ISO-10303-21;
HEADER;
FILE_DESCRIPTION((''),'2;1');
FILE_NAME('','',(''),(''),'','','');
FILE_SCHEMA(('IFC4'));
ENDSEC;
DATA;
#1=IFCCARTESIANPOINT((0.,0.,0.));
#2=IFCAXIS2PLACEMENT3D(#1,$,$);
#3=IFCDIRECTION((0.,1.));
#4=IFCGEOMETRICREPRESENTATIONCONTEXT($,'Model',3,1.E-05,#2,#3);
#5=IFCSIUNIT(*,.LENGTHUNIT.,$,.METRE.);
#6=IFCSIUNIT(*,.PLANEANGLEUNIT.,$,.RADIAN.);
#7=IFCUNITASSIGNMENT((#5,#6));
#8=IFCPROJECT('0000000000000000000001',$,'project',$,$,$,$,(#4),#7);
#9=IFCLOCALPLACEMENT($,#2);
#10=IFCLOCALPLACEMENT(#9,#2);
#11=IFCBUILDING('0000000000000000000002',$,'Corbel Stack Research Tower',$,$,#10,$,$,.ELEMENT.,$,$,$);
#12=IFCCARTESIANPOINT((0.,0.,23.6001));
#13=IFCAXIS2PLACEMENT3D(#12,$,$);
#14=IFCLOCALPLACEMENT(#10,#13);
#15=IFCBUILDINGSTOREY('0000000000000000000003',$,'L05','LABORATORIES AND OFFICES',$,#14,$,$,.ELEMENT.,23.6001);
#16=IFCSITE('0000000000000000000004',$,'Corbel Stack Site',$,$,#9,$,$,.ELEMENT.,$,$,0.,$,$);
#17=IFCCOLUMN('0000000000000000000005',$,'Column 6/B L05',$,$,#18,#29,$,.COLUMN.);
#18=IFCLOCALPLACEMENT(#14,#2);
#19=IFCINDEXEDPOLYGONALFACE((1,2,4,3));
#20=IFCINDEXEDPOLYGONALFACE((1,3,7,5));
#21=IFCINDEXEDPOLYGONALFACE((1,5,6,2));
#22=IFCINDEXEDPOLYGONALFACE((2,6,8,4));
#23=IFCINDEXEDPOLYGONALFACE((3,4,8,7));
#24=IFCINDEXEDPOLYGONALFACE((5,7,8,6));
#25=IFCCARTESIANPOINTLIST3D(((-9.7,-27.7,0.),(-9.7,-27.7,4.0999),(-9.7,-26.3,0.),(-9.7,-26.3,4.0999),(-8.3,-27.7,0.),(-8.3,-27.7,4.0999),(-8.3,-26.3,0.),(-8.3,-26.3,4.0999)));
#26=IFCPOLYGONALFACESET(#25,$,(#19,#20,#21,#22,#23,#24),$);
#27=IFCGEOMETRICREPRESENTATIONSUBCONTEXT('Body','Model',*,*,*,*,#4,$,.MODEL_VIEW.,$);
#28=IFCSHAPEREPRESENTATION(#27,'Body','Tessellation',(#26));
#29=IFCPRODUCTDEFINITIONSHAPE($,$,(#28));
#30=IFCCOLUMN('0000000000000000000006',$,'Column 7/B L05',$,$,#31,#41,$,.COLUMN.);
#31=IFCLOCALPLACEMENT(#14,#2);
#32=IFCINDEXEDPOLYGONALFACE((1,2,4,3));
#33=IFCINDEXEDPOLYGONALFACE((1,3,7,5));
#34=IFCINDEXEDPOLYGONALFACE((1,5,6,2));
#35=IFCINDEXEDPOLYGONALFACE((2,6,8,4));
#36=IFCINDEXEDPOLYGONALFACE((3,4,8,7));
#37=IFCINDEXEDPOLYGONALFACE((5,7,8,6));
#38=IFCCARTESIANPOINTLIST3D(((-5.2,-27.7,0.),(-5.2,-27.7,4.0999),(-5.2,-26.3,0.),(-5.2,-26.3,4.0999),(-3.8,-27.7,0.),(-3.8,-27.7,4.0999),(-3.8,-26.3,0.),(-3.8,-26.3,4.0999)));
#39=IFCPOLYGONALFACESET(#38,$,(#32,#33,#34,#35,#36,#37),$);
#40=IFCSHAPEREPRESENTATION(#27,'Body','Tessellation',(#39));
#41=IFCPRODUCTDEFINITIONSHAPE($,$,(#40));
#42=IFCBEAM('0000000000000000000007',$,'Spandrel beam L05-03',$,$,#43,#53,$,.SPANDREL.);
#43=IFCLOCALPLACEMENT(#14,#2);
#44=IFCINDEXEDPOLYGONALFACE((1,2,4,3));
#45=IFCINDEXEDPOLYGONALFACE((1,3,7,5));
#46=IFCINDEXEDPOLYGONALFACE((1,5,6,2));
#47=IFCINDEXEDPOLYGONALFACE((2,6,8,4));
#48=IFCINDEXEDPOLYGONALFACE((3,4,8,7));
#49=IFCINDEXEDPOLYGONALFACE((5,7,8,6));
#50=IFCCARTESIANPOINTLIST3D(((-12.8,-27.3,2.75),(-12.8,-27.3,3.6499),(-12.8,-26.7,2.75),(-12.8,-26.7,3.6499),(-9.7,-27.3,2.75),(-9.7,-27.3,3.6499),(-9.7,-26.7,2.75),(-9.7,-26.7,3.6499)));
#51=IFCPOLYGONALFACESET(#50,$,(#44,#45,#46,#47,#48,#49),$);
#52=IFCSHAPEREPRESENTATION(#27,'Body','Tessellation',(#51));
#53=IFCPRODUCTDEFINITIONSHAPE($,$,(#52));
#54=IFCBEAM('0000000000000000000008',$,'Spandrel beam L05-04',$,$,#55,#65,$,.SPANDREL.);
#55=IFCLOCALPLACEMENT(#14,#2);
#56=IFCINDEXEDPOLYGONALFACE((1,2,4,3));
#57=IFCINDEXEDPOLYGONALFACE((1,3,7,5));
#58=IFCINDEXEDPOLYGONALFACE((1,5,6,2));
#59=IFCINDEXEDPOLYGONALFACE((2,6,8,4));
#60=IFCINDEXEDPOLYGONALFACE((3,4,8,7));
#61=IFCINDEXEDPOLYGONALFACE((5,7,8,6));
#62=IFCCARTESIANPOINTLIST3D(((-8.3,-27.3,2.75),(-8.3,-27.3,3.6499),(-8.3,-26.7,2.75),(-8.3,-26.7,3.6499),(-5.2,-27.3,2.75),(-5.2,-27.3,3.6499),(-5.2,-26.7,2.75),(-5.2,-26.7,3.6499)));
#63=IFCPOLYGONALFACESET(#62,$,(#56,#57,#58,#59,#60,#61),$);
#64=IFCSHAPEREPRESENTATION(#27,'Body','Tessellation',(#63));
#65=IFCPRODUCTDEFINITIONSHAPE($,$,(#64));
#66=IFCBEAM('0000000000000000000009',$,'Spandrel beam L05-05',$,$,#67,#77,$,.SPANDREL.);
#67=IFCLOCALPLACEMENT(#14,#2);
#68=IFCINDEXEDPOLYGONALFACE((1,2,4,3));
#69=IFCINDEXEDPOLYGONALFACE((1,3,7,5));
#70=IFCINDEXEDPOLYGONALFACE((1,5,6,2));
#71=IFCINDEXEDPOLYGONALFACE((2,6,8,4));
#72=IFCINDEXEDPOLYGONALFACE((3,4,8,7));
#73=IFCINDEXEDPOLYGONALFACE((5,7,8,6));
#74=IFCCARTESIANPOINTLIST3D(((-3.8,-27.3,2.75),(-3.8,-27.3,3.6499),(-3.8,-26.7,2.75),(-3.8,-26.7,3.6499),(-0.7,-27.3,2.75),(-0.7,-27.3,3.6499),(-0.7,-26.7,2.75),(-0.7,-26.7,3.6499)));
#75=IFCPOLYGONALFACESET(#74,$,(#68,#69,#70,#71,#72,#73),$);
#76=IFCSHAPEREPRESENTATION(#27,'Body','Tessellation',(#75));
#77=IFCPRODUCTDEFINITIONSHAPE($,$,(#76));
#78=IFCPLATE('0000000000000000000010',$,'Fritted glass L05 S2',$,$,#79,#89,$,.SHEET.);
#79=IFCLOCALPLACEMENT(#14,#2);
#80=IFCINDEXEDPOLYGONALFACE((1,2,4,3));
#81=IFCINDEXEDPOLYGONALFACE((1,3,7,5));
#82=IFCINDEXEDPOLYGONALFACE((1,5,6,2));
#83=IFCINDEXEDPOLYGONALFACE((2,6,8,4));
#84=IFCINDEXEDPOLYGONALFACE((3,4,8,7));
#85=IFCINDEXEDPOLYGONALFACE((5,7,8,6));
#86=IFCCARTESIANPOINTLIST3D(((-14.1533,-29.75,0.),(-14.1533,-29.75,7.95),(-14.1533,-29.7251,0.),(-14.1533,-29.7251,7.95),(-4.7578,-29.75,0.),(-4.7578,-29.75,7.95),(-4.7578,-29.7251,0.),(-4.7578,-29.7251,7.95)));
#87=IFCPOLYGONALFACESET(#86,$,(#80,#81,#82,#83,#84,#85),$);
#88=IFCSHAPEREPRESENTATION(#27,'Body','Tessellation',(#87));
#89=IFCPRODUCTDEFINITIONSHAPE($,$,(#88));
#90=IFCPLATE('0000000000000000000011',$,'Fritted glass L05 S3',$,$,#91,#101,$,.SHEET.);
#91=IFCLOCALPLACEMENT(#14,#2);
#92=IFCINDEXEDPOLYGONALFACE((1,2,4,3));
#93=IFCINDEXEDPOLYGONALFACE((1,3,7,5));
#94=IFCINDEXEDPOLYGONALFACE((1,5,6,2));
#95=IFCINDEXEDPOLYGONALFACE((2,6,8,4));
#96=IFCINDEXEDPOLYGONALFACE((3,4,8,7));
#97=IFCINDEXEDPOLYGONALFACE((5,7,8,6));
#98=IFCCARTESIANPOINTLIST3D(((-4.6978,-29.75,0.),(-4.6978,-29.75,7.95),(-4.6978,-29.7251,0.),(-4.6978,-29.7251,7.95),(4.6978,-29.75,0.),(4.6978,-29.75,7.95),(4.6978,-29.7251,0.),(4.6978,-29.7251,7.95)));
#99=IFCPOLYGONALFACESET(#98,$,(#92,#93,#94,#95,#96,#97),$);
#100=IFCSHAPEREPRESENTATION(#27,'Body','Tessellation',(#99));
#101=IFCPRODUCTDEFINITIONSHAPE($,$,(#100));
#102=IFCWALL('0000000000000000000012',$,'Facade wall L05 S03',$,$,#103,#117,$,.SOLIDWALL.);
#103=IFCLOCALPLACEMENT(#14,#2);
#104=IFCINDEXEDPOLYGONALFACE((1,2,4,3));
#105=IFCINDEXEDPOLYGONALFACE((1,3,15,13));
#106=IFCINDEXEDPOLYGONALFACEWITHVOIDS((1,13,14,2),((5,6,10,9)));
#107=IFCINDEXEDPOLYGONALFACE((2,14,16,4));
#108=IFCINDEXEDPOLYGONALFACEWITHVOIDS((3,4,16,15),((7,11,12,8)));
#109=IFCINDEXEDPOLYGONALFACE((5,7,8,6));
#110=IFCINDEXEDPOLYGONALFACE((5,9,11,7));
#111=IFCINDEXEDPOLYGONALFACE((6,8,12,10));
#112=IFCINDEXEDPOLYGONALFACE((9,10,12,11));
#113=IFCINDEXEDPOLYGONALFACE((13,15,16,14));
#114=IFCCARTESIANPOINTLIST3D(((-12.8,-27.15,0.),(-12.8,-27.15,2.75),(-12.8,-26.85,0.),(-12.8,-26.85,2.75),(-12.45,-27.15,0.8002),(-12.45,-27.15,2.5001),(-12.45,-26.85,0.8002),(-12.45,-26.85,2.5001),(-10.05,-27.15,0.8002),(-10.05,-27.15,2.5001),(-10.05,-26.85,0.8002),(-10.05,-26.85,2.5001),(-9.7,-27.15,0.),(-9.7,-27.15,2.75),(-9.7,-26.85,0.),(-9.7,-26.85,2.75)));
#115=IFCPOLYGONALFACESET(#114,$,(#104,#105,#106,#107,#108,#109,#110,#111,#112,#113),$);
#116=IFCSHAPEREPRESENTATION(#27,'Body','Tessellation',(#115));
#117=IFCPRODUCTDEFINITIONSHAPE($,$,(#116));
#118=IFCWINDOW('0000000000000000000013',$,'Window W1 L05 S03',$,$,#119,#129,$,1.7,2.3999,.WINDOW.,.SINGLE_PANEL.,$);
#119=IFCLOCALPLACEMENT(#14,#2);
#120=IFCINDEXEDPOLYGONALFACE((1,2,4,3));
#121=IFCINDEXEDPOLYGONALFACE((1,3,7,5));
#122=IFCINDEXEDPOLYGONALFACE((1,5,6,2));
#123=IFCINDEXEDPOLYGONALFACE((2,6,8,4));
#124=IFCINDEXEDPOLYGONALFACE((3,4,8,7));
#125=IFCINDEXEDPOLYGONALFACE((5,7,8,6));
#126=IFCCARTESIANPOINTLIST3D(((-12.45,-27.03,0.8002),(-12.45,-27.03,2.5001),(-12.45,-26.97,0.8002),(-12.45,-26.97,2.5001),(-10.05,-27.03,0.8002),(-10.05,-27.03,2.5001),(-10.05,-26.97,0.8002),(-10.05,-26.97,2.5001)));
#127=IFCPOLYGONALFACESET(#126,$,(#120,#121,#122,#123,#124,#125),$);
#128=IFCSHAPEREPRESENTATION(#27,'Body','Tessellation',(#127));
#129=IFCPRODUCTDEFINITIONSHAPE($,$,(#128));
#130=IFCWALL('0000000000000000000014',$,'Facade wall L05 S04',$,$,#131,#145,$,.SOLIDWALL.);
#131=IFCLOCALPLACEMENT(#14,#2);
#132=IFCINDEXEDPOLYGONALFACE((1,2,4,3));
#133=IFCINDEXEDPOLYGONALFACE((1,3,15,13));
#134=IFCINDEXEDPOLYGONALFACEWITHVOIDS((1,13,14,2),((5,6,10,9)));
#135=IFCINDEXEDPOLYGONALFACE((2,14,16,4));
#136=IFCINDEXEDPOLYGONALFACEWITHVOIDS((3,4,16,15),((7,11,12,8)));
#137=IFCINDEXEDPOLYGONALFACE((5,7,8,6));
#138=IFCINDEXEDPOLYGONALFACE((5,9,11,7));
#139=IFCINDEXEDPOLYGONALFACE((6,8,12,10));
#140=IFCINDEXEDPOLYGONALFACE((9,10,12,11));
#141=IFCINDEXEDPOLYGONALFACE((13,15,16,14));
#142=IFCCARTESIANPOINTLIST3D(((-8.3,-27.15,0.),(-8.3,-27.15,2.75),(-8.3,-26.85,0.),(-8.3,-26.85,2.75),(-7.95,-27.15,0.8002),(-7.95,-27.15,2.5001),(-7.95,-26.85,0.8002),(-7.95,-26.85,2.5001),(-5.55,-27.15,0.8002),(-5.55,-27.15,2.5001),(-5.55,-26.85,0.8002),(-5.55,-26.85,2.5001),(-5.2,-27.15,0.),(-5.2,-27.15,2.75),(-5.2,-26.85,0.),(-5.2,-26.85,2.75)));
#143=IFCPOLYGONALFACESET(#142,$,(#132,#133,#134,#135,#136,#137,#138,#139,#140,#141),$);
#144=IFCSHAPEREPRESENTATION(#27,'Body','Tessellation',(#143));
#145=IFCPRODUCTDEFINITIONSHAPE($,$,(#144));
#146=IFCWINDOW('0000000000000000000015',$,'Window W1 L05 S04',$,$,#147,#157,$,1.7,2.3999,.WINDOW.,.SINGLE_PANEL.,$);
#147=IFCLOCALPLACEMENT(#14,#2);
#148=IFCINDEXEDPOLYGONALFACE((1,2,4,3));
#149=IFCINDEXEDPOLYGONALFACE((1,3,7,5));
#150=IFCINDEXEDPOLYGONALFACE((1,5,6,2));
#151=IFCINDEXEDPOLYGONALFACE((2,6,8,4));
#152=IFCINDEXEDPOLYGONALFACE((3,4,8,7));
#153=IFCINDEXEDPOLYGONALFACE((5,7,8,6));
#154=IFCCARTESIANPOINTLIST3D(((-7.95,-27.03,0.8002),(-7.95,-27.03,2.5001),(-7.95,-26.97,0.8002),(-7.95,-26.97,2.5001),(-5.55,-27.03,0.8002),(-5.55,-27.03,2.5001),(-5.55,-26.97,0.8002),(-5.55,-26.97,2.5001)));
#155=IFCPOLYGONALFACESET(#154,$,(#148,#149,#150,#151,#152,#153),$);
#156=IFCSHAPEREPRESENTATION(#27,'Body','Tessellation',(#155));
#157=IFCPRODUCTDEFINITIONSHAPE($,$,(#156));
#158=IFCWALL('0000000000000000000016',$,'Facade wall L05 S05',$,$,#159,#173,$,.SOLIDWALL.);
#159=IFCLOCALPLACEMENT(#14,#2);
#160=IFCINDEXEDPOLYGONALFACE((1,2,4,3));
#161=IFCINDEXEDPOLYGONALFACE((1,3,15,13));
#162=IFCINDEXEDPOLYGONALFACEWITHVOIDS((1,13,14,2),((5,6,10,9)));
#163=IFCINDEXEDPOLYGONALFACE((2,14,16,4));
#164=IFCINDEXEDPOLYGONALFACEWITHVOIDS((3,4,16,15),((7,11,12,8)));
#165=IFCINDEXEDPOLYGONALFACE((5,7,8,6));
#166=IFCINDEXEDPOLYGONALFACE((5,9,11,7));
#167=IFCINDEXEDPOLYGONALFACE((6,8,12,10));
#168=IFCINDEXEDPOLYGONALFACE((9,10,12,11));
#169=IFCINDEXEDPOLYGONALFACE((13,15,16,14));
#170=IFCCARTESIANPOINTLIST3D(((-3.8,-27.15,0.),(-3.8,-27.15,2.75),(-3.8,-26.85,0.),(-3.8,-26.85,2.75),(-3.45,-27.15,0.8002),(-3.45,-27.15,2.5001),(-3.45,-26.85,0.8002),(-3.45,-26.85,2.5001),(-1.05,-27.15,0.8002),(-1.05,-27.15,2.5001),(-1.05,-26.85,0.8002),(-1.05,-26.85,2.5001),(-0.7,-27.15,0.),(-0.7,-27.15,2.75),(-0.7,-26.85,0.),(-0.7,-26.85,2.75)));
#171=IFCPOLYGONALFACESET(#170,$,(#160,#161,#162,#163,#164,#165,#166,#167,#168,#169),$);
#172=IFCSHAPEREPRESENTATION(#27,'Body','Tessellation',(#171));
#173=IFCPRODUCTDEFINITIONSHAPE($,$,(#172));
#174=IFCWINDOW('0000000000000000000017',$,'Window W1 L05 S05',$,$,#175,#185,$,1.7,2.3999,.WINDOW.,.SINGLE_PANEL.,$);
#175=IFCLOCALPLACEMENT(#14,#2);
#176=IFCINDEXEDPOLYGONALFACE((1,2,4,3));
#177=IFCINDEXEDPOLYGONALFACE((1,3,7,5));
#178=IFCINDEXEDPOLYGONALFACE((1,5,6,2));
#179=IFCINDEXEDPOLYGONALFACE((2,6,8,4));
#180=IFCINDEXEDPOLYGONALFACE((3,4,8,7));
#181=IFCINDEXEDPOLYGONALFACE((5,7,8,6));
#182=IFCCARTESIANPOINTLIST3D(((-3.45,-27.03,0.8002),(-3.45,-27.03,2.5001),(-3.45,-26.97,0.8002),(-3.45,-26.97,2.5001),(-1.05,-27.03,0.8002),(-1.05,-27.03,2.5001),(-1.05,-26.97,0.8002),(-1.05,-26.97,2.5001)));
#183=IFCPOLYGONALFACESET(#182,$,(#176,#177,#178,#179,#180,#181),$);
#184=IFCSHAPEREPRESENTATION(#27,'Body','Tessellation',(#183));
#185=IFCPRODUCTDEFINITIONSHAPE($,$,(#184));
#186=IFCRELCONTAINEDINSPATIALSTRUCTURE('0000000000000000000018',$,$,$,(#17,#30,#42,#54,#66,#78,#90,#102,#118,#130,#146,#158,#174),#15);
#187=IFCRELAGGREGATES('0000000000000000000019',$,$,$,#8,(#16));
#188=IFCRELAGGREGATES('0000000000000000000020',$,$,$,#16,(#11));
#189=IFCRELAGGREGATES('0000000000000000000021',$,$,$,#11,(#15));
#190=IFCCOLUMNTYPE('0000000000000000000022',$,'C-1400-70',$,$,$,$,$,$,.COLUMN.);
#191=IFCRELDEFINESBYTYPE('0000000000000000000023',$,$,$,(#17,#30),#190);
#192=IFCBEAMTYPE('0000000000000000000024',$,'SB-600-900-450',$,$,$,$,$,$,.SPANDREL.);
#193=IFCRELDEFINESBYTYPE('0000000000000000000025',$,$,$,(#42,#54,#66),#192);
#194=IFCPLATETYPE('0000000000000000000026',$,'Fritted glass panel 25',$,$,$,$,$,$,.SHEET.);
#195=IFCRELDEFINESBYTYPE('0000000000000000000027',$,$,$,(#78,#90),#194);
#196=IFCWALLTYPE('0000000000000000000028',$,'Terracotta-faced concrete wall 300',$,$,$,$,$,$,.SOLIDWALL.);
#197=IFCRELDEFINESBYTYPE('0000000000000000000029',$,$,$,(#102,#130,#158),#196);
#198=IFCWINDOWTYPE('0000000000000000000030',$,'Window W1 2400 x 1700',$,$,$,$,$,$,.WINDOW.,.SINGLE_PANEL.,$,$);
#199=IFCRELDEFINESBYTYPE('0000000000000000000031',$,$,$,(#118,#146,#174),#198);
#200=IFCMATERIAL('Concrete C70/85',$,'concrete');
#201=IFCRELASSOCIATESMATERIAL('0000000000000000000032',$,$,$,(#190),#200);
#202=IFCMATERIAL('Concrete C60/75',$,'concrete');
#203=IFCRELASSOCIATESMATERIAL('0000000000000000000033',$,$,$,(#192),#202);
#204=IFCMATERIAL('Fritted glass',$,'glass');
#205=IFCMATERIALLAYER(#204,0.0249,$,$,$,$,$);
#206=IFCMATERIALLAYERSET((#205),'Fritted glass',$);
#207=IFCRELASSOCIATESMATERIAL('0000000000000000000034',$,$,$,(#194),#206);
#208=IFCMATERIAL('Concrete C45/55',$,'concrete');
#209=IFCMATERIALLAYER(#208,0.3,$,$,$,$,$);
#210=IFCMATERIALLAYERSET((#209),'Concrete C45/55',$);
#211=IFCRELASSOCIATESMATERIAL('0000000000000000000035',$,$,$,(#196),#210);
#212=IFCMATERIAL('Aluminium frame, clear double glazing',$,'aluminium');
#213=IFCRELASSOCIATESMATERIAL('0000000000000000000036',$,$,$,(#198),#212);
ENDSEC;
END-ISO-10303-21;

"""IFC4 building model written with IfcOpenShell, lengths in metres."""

from ifc_helpers import new_model, si_unit, direction, frame, frame_2d, origin, origin_2d, place, context, subcontext, project, spatial, rectangle, extrude, material, layer, layer_set, material_profile, profile_set, type_object, element, fill, save


model = new_model("IFC4")

# Units and contexts
model_context = context("Model", 3, precision=1e-05, world=origin(), true_north=direction((0.0, 1.0)))
body_context = subcontext(model_context, "Body", "Model", "MODEL_VIEW")
ifc_project = project(units=[si_unit("LENGTHUNIT", "METRE"), si_unit("PLANEANGLEUNIT", "RADIAN")], contexts=[model_context])

# Site, building, storey
site_placement = place(None, origin())
site = spatial("IfcSite", under=ifc_project, at=site_placement, Name="Corbel Stack Site", CompositionType="ELEMENT", RefElevation=0.0)
building_placement = place(site_placement, origin())
building = spatial("IfcBuilding", under=site, at=building_placement, Name="Corbel Stack Research Tower", CompositionType="ELEMENT")
storey_placement = place(building_placement, frame((0.0, 0.0, 23.6001)))
storey = spatial("IfcBuildingStorey", under=building, at=storey_placement, Name="L05", Description="LABORATORIES AND OFFICES", CompositionType="ELEMENT", Elevation=23.6001)

# Columns
ifc_material_1 = material(Name="Concrete C70/85", Category="concrete")
ifc_material_profile_1 = material_profile(ifc_material_1, rectangle(XDim=1.3999, YDim=1.3999, at=origin_2d()), Name="RC 1400 x 1400")
ifc_profile_set_1 = profile_set([ifc_material_profile_1], Name="Concrete C70/85")
column_type = type_object("IfcColumnType", Name="C-1400-70", PredefinedType="COLUMN", material=ifc_profile_set_1)
for number, where, z_axis, x_axis, name in (
    (1, (-9.0, -27.0, 0.0), (0.0, 0.0, 1.0), (1.0, 0.0, 0.0), "Column 6/B L05"),
    (2, (-4.5, -27.0, 0.0), (0.0, 0.0, 1.0), (1.0, 0.0, 0.0), "Column 7/B L05"),
):
    element("IfcColumn", number, at=place(storey_placement, frame(where, z_axis=z_axis, x_axis=x_axis)), inside=storey, type_object=column_type, Name=name, PredefinedType="COLUMN", context=body_context, shape_type="SweptSolid", body=[
        extrude(rectangle(XDim=1.3999, YDim=1.3999, at=origin_2d()), origin(), (0.0, 0.0, 1.0), 4.0999),
    ])

# Beams
ifc_material_2 = material(Name="Concrete C60/75", Category="concrete")
ifc_material_profile_2 = material_profile(ifc_material_2, rectangle(XDim=0.6001, YDim=0.8999, at=origin_2d()), Name="RC 600 x 900")
ifc_profile_set_2 = profile_set([ifc_material_profile_2], Name="Concrete C60/75")
beam_type = type_object("IfcBeamType", Name="SB-600-900-450", PredefinedType="SPANDREL", material=ifc_profile_set_2)
for number, where, z_axis, x_axis, name in (
    (3, (-12.8, -27.0, 3.2), (1.0, 0.0, 0.0), (0.0, 1.0, 0.0), "Spandrel beam L05-03"),
    (4, (-8.3, -27.0, 3.2), (1.0, 0.0, 0.0), (0.0, 1.0, 0.0), "Spandrel beam L05-04"),
    (5, (-3.8, -27.0, 3.2), (1.0, 0.0, 0.0), (0.0, 1.0, 0.0), "Spandrel beam L05-05"),
):
    element("IfcBeam", number, at=place(storey_placement, frame(where, z_axis=z_axis, x_axis=x_axis)), inside=storey, type_object=beam_type, Name=name, PredefinedType="SPANDREL", context=body_context, shape_type="SweptSolid", body=[
        extrude(rectangle(XDim=0.6001, YDim=0.8999, at=origin_2d()), origin(), (0.0, 0.0, 1.0), 3.1001),
    ])

# Plates
ifc_material_3 = material(Name="Fritted glass", Category="glass")
ifc_layer_1 = layer(ifc_material_3, 0.0249)
ifc_layer_set_1 = layer_set([ifc_layer_1], Name="Fritted glass")
plate_type = type_object("IfcPlateType", Name="Fritted glass panel 25", PredefinedType="SHEET", material=ifc_layer_set_1)
for number, where, z_axis, x_axis, name in (
    (6, (-9.4556, -29.7375, 0.0), (0.0, 0.0, 1.0), (1.0, 0.0, 0.0), "Fritted glass L05 S2"),
    (7, (0.0, -29.7375, 0.0), (0.0, 0.0, 1.0), (1.0, 0.0, 0.0), "Fritted glass L05 S3"),
):
    element("IfcPlate", number, at=place(storey_placement, frame(where, z_axis=z_axis, x_axis=x_axis)), inside=storey, type_object=plate_type, Name=name, PredefinedType="SHEET", context=body_context, shape_type="SweptSolid", body=[
        extrude(rectangle(XDim=9.3955, YDim=0.0249, at=origin_2d()), origin(), (0.0, 0.0, 1.0), 7.95),
    ])

# Walls, openings, windows
ifc_material_4 = material(Name="Concrete C45/55", Category="concrete")
ifc_layer_2 = layer(ifc_material_4, 0.3)
ifc_layer_set_2 = layer_set([ifc_layer_2], Name="Concrete C45/55")
wall_type = type_object("IfcWallType", Name="Terracotta-faced concrete wall 300", PredefinedType="SOLIDWALL", material=ifc_layer_set_2)
wall_1_placement = place(storey_placement, frame((-9.7, -27.0, 0.0), z_axis=(0.0, 0.0, 1.0), x_axis=(-1.0, 0.0, 0.0)))
wall_1 = element("IfcWall", 8, at=wall_1_placement, inside=storey, type_object=wall_type, Name="Facade wall L05 S03", PredefinedType="SOLIDWALL", context=body_context, shape_type="SweptSolid", body=[
    extrude(rectangle(XDim=3.1001, YDim=0.3, at=frame_2d((1.55, 0.0))), origin(), (0.0, 0.0, 1.0), 2.75),
])
opening_1_placement = place(wall_1_placement, frame((0.3501, 0.0, 0.8)))
opening_1 = element("IfcOpeningElement", 9, at=opening_1_placement, cuts=wall_1, PredefinedType="OPENING", context=body_context, shape_type="SweptSolid", body=[
    extrude(rectangle(XDim=2.3999, YDim=1.7, at=frame_2d((1.2, 0.8501))), frame((0.0, 0.1599, 0.0), z_axis=(0.0, -1.0, 0.0), x_axis=(1.0, 0.0, 0.0)), (0.0, 0.0, 1.0), 0.3201),
])
ifc_material_5 = material(Name="Aluminium frame, clear double glazing", Category="aluminium")
window_type = type_object("IfcWindowType", Name="Window W1 2400 x 1700", PartitioningType="SINGLE_PANEL", PredefinedType="WINDOW", material=ifc_material_5)
window_1_placement = place(opening_1_placement, origin())
window_1 = element("IfcWindow", 10, at=window_1_placement, inside=storey, type_object=window_type, Name="Window W1 L05 S03", OverallHeight=1.7, OverallWidth=2.3999, PartitioningType="SINGLE_PANEL", PredefinedType="WINDOW", context=body_context, shape_type="SweptSolid", body=[
    extrude(rectangle(XDim=2.3999, YDim=1.7, at=frame_2d((1.2, 0.8501))), frame((0.0, 0.03, 0.0), z_axis=(0.0, -1.0, 0.0), x_axis=(1.0, 0.0, 0.0)), (0.0, 0.0, 1.0), 0.0601),
])
fill(opening_1, window_1)
wall_2_placement = place(storey_placement, frame((-5.2, -27.0, 0.0), z_axis=(0.0, 0.0, 1.0), x_axis=(-1.0, 0.0, 0.0)))
wall_2 = element("IfcWall", 11, at=wall_2_placement, inside=storey, type_object=wall_type, Name="Facade wall L05 S04", PredefinedType="SOLIDWALL", context=body_context, shape_type="SweptSolid", body=[
    extrude(rectangle(XDim=3.1001, YDim=0.3, at=frame_2d((1.55, 0.0))), origin(), (0.0, 0.0, 1.0), 2.75),
])
opening_2_placement = place(wall_2_placement, frame((0.3501, 0.0, 0.8)))
opening_2 = element("IfcOpeningElement", 12, at=opening_2_placement, cuts=wall_2, PredefinedType="OPENING", context=body_context, shape_type="SweptSolid", body=[
    extrude(rectangle(XDim=2.3999, YDim=1.7, at=frame_2d((1.2, 0.8501))), frame((0.0, 0.1599, 0.0), z_axis=(0.0, -1.0, 0.0), x_axis=(1.0, 0.0, 0.0)), (0.0, 0.0, 1.0), 0.3201),
])
window_2_placement = place(opening_2_placement, origin())
window_2 = element("IfcWindow", 13, at=window_2_placement, inside=storey, type_object=window_type, Name="Window W1 L05 S04", OverallHeight=1.7, OverallWidth=2.3999, PartitioningType="SINGLE_PANEL", PredefinedType="WINDOW", context=body_context, shape_type="SweptSolid", body=[
    extrude(rectangle(XDim=2.3999, YDim=1.7, at=frame_2d((1.2, 0.8501))), frame((0.0, 0.03, 0.0), z_axis=(0.0, -1.0, 0.0), x_axis=(1.0, 0.0, 0.0)), (0.0, 0.0, 1.0), 0.0601),
])
fill(opening_2, window_2)
wall_3_placement = place(storey_placement, frame((-0.7, -27.0, 0.0), z_axis=(0.0, 0.0, 1.0), x_axis=(-1.0, 0.0, 0.0)))
wall_3 = element("IfcWall", 14, at=wall_3_placement, inside=storey, type_object=wall_type, Name="Facade wall L05 S05", PredefinedType="SOLIDWALL", context=body_context, shape_type="SweptSolid", body=[
    extrude(rectangle(XDim=3.1001, YDim=0.3, at=frame_2d((1.55, 0.0))), origin(), (0.0, 0.0, 1.0), 2.75),
])
opening_3_placement = place(wall_3_placement, frame((0.3501, 0.0, 0.8)))
opening_3 = element("IfcOpeningElement", 15, at=opening_3_placement, cuts=wall_3, PredefinedType="OPENING", context=body_context, shape_type="SweptSolid", body=[
    extrude(rectangle(XDim=2.3999, YDim=1.7, at=frame_2d((1.2, 0.8501))), frame((0.0, 0.1599, 0.0), z_axis=(0.0, -1.0, 0.0), x_axis=(1.0, 0.0, 0.0)), (0.0, 0.0, 1.0), 0.3201),
])
window_3_placement = place(opening_3_placement, origin())
window_3 = element("IfcWindow", 16, at=window_3_placement, inside=storey, type_object=window_type, Name="Window W1 L05 S05", OverallHeight=1.7, OverallWidth=2.3999, PartitioningType="SINGLE_PANEL", PredefinedType="WINDOW", context=body_context, shape_type="SweptSolid", body=[
    extrude(rectangle(XDim=2.3999, YDim=1.7, at=frame_2d((1.2, 0.8501))), frame((0.0, 0.03, 0.0), z_axis=(0.0, -1.0, 0.0), x_axis=(1.0, 0.0, 0.0)), (0.0, 0.0, 1.0), 0.0601),
])
fill(opening_3, window_3)

save(model, "model.ifc")
